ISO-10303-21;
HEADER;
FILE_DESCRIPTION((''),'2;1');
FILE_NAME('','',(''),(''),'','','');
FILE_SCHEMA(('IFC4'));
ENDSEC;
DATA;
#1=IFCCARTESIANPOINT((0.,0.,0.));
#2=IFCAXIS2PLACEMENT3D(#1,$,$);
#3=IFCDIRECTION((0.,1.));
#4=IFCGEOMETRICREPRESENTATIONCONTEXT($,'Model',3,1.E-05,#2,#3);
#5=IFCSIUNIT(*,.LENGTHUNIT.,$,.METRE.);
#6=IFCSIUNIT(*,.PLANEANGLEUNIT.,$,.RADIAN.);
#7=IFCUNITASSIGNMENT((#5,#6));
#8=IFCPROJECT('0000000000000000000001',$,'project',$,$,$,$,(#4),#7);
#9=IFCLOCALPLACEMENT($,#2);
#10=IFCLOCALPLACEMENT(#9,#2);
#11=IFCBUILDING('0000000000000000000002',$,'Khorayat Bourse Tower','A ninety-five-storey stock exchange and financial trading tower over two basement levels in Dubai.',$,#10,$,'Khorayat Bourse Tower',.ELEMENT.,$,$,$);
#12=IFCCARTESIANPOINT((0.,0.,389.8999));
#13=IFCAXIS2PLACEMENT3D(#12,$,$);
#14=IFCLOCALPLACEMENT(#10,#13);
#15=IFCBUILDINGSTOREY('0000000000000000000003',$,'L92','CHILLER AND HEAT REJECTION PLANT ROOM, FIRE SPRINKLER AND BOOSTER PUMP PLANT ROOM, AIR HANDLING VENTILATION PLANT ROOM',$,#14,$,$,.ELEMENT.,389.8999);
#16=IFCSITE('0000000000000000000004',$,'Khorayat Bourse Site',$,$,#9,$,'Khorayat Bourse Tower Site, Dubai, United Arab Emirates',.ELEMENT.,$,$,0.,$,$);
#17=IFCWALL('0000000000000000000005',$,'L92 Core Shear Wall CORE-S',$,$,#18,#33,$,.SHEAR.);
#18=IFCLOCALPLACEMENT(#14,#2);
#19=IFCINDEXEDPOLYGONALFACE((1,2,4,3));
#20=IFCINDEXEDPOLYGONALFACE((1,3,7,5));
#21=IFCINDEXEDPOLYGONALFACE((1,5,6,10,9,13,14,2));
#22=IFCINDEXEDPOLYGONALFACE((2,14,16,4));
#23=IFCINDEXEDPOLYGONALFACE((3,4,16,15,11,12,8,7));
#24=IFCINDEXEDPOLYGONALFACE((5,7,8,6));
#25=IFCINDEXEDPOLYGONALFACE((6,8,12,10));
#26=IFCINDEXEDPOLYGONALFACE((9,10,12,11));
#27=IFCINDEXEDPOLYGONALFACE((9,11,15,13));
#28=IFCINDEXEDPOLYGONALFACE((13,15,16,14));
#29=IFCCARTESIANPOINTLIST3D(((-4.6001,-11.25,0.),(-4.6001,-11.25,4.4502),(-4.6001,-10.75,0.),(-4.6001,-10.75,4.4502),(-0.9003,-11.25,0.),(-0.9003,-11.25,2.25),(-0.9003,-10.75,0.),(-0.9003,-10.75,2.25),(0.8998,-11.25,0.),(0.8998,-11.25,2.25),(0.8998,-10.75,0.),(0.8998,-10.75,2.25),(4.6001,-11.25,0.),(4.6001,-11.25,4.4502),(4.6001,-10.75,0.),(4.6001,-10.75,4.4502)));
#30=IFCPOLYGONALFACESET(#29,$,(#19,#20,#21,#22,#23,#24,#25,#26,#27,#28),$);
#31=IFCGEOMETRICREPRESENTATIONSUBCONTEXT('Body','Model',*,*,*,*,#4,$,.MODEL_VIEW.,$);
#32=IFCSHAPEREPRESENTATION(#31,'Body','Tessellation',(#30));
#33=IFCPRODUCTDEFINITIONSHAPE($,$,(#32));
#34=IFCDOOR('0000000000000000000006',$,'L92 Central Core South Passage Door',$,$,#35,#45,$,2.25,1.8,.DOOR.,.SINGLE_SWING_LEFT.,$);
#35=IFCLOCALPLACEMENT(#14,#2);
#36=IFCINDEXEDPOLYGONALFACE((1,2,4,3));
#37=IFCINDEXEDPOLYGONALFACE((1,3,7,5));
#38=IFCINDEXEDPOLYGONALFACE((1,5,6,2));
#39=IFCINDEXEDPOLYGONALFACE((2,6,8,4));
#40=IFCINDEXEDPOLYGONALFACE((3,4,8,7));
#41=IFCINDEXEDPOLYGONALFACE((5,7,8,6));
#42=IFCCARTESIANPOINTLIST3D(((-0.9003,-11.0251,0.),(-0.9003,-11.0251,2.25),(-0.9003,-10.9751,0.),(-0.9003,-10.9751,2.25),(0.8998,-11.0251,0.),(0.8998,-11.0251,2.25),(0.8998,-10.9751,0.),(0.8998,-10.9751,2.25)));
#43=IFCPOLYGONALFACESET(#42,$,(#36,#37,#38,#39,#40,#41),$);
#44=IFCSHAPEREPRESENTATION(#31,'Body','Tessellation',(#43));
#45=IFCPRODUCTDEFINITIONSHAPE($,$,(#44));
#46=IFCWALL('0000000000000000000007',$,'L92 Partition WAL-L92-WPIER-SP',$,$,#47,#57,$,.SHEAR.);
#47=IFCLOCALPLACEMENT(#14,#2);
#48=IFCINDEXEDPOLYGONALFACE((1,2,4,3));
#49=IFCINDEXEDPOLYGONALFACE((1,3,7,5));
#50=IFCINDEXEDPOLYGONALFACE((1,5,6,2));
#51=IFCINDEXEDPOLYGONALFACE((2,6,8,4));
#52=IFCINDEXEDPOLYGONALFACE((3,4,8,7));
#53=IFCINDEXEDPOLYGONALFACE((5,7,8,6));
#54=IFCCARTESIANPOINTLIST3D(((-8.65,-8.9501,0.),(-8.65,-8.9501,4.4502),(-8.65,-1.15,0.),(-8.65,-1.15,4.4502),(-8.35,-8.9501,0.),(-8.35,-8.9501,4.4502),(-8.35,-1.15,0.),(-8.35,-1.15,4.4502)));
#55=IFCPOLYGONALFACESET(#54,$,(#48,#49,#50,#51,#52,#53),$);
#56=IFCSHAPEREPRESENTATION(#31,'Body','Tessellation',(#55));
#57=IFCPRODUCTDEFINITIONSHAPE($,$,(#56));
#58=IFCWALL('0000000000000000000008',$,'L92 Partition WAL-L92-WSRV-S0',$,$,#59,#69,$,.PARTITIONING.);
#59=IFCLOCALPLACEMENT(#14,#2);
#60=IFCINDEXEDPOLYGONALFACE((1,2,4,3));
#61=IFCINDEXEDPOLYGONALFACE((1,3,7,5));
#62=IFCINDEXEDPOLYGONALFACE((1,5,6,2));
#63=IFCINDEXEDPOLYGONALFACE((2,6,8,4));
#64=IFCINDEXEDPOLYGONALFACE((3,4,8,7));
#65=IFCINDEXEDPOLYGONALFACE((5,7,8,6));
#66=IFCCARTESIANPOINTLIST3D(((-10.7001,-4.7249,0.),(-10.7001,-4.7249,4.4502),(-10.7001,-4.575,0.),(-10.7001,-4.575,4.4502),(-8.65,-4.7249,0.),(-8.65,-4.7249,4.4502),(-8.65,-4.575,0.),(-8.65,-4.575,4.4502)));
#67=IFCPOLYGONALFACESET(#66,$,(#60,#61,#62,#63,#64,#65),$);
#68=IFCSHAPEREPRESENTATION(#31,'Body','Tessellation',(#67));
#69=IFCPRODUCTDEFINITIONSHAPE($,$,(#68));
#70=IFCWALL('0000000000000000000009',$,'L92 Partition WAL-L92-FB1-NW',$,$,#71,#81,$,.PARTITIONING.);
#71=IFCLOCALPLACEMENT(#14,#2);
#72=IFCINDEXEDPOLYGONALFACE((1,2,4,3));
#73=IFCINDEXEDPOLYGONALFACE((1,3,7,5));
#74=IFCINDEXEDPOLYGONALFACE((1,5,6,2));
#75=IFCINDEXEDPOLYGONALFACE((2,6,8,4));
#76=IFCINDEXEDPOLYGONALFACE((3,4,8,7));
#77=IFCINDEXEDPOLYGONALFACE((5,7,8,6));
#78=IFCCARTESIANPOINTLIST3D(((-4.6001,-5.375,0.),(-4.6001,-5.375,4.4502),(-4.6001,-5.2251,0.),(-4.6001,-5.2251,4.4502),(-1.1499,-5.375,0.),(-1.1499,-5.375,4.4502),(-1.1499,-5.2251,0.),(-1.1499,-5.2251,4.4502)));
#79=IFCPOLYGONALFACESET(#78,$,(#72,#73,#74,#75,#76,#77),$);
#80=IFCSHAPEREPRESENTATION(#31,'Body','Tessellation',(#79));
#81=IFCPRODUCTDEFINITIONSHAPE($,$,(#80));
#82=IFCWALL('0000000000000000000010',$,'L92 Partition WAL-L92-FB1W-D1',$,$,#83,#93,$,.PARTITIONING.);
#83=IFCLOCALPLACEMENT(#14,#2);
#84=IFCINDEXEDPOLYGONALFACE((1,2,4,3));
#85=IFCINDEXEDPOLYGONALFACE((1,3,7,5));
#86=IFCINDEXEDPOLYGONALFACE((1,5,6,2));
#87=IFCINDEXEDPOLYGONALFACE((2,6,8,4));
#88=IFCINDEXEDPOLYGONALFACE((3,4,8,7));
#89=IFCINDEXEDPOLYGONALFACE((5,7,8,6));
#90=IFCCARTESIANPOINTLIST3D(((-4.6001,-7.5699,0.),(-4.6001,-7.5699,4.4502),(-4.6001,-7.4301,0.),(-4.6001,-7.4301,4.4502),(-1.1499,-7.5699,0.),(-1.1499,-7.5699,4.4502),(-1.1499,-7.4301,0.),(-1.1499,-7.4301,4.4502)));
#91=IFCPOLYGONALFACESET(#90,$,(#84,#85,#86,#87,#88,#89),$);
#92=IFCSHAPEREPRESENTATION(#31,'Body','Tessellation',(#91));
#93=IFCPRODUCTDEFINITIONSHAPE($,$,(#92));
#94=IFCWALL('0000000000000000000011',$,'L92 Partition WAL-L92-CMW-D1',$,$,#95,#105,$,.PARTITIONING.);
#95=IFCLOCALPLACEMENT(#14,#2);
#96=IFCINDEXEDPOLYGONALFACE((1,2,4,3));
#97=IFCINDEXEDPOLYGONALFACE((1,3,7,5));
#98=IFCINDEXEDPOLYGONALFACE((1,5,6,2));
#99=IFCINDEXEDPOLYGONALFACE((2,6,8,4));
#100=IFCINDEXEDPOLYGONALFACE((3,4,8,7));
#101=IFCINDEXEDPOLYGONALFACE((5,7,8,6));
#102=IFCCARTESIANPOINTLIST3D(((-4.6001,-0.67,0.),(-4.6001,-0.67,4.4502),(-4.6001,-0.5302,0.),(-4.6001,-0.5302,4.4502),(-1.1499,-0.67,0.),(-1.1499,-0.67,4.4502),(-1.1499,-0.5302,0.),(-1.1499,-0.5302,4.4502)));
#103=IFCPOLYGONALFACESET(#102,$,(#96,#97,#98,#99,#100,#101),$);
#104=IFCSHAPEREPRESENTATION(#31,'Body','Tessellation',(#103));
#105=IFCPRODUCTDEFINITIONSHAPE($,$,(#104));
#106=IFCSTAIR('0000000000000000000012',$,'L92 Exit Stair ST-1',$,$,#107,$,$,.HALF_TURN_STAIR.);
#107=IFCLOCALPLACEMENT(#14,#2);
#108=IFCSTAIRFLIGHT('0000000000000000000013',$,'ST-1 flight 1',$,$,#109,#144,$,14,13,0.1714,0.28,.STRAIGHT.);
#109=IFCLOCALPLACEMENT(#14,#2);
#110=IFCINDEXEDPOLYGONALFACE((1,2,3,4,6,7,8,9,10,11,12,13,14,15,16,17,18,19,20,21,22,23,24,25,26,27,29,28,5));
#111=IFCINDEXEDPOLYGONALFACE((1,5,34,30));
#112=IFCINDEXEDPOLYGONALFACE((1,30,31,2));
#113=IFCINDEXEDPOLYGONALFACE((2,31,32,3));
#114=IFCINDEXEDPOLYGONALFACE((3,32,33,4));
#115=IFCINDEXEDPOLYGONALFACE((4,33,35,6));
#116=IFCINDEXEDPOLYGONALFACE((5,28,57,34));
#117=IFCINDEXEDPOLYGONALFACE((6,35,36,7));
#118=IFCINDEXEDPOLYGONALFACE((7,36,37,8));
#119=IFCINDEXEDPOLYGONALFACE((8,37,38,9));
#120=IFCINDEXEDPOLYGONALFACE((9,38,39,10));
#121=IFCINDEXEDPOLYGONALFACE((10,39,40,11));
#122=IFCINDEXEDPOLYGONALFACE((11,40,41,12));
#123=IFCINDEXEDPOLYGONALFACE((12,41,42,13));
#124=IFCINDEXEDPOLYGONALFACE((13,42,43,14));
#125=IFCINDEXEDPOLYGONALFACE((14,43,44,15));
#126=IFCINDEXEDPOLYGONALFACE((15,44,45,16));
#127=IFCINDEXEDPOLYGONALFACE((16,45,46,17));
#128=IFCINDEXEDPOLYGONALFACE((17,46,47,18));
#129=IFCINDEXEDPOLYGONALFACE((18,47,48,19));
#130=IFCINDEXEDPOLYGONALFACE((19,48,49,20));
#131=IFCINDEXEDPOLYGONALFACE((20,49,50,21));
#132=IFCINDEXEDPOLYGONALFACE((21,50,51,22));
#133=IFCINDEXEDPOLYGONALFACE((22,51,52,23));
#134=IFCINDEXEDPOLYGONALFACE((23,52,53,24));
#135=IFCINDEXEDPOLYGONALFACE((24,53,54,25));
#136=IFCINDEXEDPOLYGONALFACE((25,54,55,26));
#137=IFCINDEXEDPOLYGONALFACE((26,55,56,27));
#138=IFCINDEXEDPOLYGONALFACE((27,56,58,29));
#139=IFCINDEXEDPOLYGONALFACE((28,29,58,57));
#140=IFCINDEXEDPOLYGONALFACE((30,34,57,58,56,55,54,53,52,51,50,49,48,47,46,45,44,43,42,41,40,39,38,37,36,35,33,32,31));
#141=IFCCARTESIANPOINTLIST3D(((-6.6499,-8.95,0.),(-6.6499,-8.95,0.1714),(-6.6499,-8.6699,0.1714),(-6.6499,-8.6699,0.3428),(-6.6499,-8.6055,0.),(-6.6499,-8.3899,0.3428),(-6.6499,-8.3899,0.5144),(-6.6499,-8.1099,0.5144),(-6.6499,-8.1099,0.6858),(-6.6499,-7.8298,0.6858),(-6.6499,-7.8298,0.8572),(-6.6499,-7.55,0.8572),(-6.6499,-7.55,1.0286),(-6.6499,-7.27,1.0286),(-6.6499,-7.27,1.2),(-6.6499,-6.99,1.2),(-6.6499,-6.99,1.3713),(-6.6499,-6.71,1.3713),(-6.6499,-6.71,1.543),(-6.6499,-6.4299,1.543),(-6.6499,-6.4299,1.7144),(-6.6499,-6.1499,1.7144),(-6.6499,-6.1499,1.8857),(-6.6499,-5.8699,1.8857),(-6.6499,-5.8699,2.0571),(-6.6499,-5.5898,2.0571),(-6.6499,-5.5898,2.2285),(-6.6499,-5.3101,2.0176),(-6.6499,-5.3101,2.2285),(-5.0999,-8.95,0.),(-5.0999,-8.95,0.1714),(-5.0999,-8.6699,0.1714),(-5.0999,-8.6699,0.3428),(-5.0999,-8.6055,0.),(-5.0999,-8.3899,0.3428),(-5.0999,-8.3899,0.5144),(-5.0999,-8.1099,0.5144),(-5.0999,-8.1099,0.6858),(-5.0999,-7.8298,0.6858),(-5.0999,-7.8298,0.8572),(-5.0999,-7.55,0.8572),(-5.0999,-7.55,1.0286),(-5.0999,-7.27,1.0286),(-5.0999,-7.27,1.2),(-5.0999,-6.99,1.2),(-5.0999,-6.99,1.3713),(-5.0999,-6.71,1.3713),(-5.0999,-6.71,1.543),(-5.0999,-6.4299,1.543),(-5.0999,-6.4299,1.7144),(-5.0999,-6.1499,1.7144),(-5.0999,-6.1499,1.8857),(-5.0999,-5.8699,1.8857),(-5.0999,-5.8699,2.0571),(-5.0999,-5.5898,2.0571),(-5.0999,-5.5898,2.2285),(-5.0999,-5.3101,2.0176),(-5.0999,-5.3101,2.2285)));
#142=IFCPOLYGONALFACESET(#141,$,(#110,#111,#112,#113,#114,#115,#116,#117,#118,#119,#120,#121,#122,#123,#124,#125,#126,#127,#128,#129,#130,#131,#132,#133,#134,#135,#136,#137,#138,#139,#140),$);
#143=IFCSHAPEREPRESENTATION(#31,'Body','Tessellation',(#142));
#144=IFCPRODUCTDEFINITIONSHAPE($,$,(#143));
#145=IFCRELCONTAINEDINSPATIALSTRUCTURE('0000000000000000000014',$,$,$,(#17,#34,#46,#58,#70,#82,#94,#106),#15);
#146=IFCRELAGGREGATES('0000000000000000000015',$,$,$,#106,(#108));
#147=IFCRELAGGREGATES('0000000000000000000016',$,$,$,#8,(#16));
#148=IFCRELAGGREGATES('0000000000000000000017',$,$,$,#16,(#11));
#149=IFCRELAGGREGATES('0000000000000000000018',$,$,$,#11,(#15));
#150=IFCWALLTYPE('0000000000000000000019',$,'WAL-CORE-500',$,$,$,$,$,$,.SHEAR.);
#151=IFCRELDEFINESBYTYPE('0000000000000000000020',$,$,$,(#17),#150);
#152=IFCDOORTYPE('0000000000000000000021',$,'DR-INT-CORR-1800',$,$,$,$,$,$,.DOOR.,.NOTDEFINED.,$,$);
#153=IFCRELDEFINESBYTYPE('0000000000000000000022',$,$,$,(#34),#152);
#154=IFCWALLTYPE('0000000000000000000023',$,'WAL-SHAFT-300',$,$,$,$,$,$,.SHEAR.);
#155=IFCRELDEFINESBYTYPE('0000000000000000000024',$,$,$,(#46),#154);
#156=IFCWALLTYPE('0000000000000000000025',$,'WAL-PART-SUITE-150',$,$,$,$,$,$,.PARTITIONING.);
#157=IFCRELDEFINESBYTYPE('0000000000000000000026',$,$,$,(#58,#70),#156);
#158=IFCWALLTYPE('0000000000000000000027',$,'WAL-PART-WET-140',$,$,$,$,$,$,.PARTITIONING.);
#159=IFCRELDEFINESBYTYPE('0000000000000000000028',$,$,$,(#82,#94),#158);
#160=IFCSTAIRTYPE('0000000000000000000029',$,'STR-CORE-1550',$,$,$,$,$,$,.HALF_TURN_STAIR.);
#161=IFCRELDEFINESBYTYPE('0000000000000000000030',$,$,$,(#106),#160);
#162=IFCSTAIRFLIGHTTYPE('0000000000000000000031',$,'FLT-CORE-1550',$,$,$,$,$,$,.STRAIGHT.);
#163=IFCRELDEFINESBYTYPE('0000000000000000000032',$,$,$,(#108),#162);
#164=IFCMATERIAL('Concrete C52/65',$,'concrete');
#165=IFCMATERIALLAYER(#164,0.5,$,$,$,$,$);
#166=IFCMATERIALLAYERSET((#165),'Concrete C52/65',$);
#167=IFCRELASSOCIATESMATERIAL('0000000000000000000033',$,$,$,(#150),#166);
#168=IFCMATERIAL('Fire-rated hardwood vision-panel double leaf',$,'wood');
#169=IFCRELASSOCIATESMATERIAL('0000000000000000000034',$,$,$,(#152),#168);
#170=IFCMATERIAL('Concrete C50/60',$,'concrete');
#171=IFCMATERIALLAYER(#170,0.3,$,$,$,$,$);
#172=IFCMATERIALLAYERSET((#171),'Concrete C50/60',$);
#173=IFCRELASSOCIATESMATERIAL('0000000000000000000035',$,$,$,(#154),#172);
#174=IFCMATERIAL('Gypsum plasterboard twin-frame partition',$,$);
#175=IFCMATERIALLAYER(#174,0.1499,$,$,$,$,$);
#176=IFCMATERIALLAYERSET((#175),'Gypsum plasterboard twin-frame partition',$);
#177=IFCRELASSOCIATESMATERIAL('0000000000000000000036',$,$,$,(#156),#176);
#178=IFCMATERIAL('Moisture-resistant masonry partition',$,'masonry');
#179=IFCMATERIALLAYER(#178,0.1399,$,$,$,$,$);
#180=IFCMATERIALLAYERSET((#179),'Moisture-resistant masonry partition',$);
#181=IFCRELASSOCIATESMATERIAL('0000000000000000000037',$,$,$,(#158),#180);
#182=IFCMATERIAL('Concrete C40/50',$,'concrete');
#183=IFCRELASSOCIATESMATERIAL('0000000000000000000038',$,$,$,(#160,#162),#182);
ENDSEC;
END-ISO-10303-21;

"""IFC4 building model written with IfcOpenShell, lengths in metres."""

from ifc_helpers import new_model, si_unit, direction, frame, frame_2d, origin, place, context, subcontext, project, spatial, polyline, rectangle, outline, extrude, source, transform, mapped, material, layer, layer_set, type_object, element, fill, aggregate, save


model = new_model("IFC4")

# Units and contexts
model_context = context("Model", 3, precision=1e-05, world=origin(), true_north=direction((0.0, 1.0)))
body_context = subcontext(model_context, "Body", "Model", "MODEL_VIEW")
ifc_project = project(units=[si_unit("LENGTHUNIT", "METRE"), si_unit("PLANEANGLEUNIT", "RADIAN")], contexts=[model_context])

# Site, building, storey
site_placement = place(None, origin())
site = spatial("IfcSite", under=ifc_project, at=site_placement, Name="Khorayat Bourse Site", LongName="Khorayat Bourse Tower Site, Dubai, United Arab Emirates", CompositionType="ELEMENT", RefElevation=0.0)
building_placement = place(site_placement, origin())
building = spatial("IfcBuilding", under=site, at=building_placement, Name="Khorayat Bourse Tower", Description="A ninety-five-storey stock exchange and financial trading tower over two basement levels in Dubai.", LongName="Khorayat Bourse Tower", CompositionType="ELEMENT")
storey_placement = place(building_placement, frame((0.0, 0.0, 389.8999)))
storey = spatial("IfcBuildingStorey", under=building, at=storey_placement, Name="L92", Description="CHILLER AND HEAT REJECTION PLANT ROOM, FIRE SPRINKLER AND BOOSTER PUMP PLANT ROOM, AIR HANDLING VENTILATION PLANT ROOM", CompositionType="ELEMENT", Elevation=389.8999)

# Shared definitions
ifc_material_1 = material(Name="Concrete C52/65", Category="concrete")

# Shared definitions
ifc_layer_1 = layer(ifc_material_1, 0.5)
ifc_layer_set_1 = layer_set([ifc_layer_1], Name="Concrete C52/65")
wall_type_1 = type_object("IfcWallType", Name="WAL-CORE-500", PredefinedType="SHEAR", material=ifc_layer_set_1)

# Wall, opening, door
shared_shape_1 = source(origin(), body_context, "Body", "SweptSolid", [
    extrude(rectangle(XDim=9.2002, YDim=0.5, at=frame_2d((4.6001, 0.0))), origin(), (0.0, 0.0, 1.0), 4.4502),
])
wall_1_placement = place(storey_placement, frame((-4.6001, -11.0, 0.0), z_axis=(0.0, 0.0, 1.0), x_axis=(1.0, 0.0, 0.0)))
wall_1 = element("IfcWall", 1, at=wall_1_placement, inside=storey, type_object=wall_type_1, Name="L92 Core Shear Wall CORE-S", PredefinedType="SHEAR", context=body_context, shape_type="MappedRepresentation", body=[
    mapped(shared_shape_1, transform((0.0, 0.0, 0.0), scale=1.0)),
])
shared_shape_2 = source(origin(), body_context, "Body", "SweptSolid", [
    extrude(rectangle(XDim=1.8, YDim=2.25, at=frame_2d((0.8999, 1.125))), frame((0.0, 0.26, 0.0), z_axis=(0.0, -1.0, 0.0), x_axis=(1.0, 0.0, 0.0)), (0.0, 0.0, 1.0), 0.52),
])
opening_1_placement = place(wall_1_placement, frame((3.7, 0.0, 0.0)))
opening_1 = element("IfcOpeningElement", 2, at=opening_1_placement, cuts=wall_1, PredefinedType="OPENING", context=body_context, shape_type="MappedRepresentation", body=[
    mapped(shared_shape_2, transform((0.0, 0.0, 0.0), scale=1.0)),
])
ifc_material_2 = material(Name="Fire-rated hardwood vision-panel double leaf", Category="wood")
door_type_1 = type_object("IfcDoorType", Name="DR-INT-CORR-1800", OperationType="NOTDEFINED", PredefinedType="DOOR", material=ifc_material_2)
shared_shape_3 = source(origin(), body_context, "Body", "SweptSolid", [
    extrude(rectangle(XDim=1.8, YDim=2.25, at=frame_2d((0.8999, 1.125))), frame((0.0, 0.0249, 0.0), z_axis=(0.0, -1.0, 0.0), x_axis=(1.0, 0.0, 0.0)), (0.0, 0.0, 1.0), 0.05),
])
door_1_placement = place(opening_1_placement, origin())
door_1 = element("IfcDoor", 3, at=door_1_placement, inside=storey, type_object=door_type_1, Name="L92 Central Core South Passage Door", OperationType="SINGLE_SWING_LEFT", OverallHeight=2.25, OverallWidth=1.8, PredefinedType="DOOR", context=body_context, shape_type="MappedRepresentation", body=[
    mapped(shared_shape_3, transform((0.0, 0.0, 0.0), scale=1.0)),
])
fill(opening_1, door_1)

# Walls
ifc_material_3 = material(Name="Concrete C50/60", Category="concrete")
ifc_layer_2 = layer(ifc_material_3, 0.3)
ifc_layer_set_2 = layer_set([ifc_layer_2], Name="Concrete C50/60")
wall_type_2 = type_object("IfcWallType", Name="WAL-SHAFT-300", PredefinedType="SHEAR", material=ifc_layer_set_2)
shared_shape_4 = source(origin(), body_context, "Body", "SweptSolid", [
    extrude(rectangle(XDim=7.8, YDim=0.3, at=frame_2d((3.8999, 0.0))), origin(), (0.0, 0.0, 1.0), 4.4502),
])
wall_2_placement = place(storey_placement, frame((-8.5, -8.95, 0.0), z_axis=(0.0, 0.0, 1.0), x_axis=(0.0, 1.0, 0.0)))
element("IfcWall", 4, at=wall_2_placement, inside=storey, type_object=wall_type_2, Name="L92 Partition WAL-L92-WPIER-SP", PredefinedType="SHEAR", context=body_context, shape_type="MappedRepresentation", body=[
    mapped(shared_shape_4, transform((0.0, 0.0, 0.0), scale=1.0)),
])
ifc_material_4 = material(Name="Gypsum plasterboard twin-frame partition")
ifc_layer_3 = layer(ifc_material_4, 0.1499)
ifc_layer_set_3 = layer_set([ifc_layer_3], Name="Gypsum plasterboard twin-frame partition")
wall_type_3 = type_object("IfcWallType", Name="WAL-PART-SUITE-150", PredefinedType="PARTITIONING", material=ifc_layer_set_3)
shared_shape_5 = source(origin(), body_context, "Body", "SweptSolid", [
    extrude(rectangle(XDim=2.05, YDim=0.1499, at=frame_2d((1.0249, 0.0))), origin(), (0.0, 0.0, 1.0), 4.4502),
])
wall_3_placement = place(storey_placement, frame((-10.7, -4.6499, 0.0), z_axis=(0.0, 0.0, 1.0), x_axis=(1.0, 0.0, 0.0)))
element("IfcWall", 5, at=wall_3_placement, inside=storey, type_object=wall_type_3, Name="L92 Partition WAL-L92-WSRV-S0", PredefinedType="PARTITIONING", context=body_context, shape_type="MappedRepresentation", body=[
    mapped(shared_shape_5, transform((0.0, 0.0, 0.0), scale=1.0)),
])
shared_shape_6 = source(origin(), body_context, "Body", "SweptSolid", [
    extrude(rectangle(XDim=3.4502, YDim=0.1499, at=frame_2d((1.7251, 0.0))), origin(), (0.0, 0.0, 1.0), 4.4502),
])
wall_4_placement = place(storey_placement, frame((-4.6001, -5.3, 0.0), z_axis=(0.0, 0.0, 1.0), x_axis=(1.0, 0.0, 0.0)))
element("IfcWall", 6, at=wall_4_placement, inside=storey, type_object=wall_type_3, Name="L92 Partition WAL-L92-FB1-NW", PredefinedType="PARTITIONING", context=body_context, shape_type="MappedRepresentation", body=[
    mapped(shared_shape_6, transform((0.0, 0.0, 0.0), scale=1.0)),
])
ifc_material_5 = material(Name="Moisture-resistant masonry partition", Category="masonry")
ifc_layer_4 = layer(ifc_material_5, 0.1399)
ifc_layer_set_4 = layer_set([ifc_layer_4], Name="Moisture-resistant masonry partition")
wall_type_4 = type_object("IfcWallType", Name="WAL-PART-WET-140", PredefinedType="PARTITIONING", material=ifc_layer_set_4)
shared_shape_7 = source(origin(), body_context, "Body", "SweptSolid", [
    extrude(rectangle(XDim=3.4502, YDim=0.1399, at=frame_2d((1.7251, 0.0))), origin(), (0.0, 0.0, 1.0), 4.4502),
])
for number, where, z_axis, x_axis, name in (
    (7, (-4.6001, -7.5, 0.0), (0.0, 0.0, 1.0), (1.0, 0.0, 0.0), "L92 Partition WAL-L92-FB1W-D1"),
    (8, (-4.6001, -0.6001, 0.0), (0.0, 0.0, 1.0), (1.0, 0.0, 0.0), "L92 Partition WAL-L92-CMW-D1"),
):
    element("IfcWall", number, at=place(storey_placement, frame(where, z_axis=z_axis, x_axis=x_axis)), inside=storey, type_object=wall_type_4, Name=name, PredefinedType="PARTITIONING", context=body_context, shape_type="MappedRepresentation", body=[
        mapped(shared_shape_7, transform((0.0, 0.0, 0.0), scale=1.0)),
    ])

# Stair, stair flight
ifc_material_6 = material(Name="Concrete C40/50", Category="concrete")
stair_type = type_object("IfcStairType", Name="STR-CORE-1550", PredefinedType="HALF_TURN_STAIR", material=ifc_material_6)
stair_placement = place(storey_placement, origin())
stair = element("IfcStair", 9, at=stair_placement, inside=storey, type_object=stair_type, Name="L92 Exit Stair ST-1", PredefinedType="HALF_TURN_STAIR")
stair_flight_type = type_object("IfcStairFlightType", Name="FLT-CORE-1550", PredefinedType="STRAIGHT", material=ifc_material_6)
shared_shape_8 = source(origin(), body_context, "Body", "SweptSolid", [
    extrude(outline(polyline([(0.0, 0.0), (0.0, 0.1714), (0.28, 0.1714), (0.28, 0.3428), (0.5601, 0.3428), (0.5601, 0.5144), (0.8401, 0.5144), (0.8401, 0.6858), (1.1201, 0.6858), (1.1201, 0.8572), (1.3999, 0.8572), (1.3999, 1.0286), (1.6799, 1.0286), (1.6799, 1.2), (1.96, 1.2), (1.96, 1.3713), (2.24, 1.3713), (2.24, 1.543), (2.52, 1.543), (2.52, 1.7144), (2.8, 1.7144), (2.8, 1.8857), (3.0801, 1.8857), (3.0801, 2.0571), (3.3601, 2.0571), (3.3601, 2.2285), (3.6399, 2.2285), (3.6399, 2.3999), (3.6399, 2.0176), (0.3445, 0.0), (0.0, 0.0)])), frame((0.0, 0.7749, 0.0), z_axis=(0.0, -1.0, 0.0), x_axis=(1.0, 0.0, 0.0)), (0.0, 0.0, 1.0), 1.55),
])
stair_flight_1_placement = place(storey_placement, frame((-5.875, -8.95, 0.0), z_axis=(0.0, 0.0, 1.0), x_axis=(0.0, 1.0, 0.0)))
stair_flight_1 = element("IfcStairFlight", 10, at=stair_flight_1_placement, type_object=stair_flight_type, Name="ST-1 flight 1", NumberOfRisers=14, NumberOfTreads=13, PredefinedType="STRAIGHT", RiserHeight=0.1714, TreadLength=0.28, context=body_context, shape_type="MappedRepresentation", body=[
    mapped(shared_shape_8, transform((0.0, 0.0, 0.0), scale=1.0)),
])
aggregate(stair, [stair_flight_1])

save(model, "model.ifc")
